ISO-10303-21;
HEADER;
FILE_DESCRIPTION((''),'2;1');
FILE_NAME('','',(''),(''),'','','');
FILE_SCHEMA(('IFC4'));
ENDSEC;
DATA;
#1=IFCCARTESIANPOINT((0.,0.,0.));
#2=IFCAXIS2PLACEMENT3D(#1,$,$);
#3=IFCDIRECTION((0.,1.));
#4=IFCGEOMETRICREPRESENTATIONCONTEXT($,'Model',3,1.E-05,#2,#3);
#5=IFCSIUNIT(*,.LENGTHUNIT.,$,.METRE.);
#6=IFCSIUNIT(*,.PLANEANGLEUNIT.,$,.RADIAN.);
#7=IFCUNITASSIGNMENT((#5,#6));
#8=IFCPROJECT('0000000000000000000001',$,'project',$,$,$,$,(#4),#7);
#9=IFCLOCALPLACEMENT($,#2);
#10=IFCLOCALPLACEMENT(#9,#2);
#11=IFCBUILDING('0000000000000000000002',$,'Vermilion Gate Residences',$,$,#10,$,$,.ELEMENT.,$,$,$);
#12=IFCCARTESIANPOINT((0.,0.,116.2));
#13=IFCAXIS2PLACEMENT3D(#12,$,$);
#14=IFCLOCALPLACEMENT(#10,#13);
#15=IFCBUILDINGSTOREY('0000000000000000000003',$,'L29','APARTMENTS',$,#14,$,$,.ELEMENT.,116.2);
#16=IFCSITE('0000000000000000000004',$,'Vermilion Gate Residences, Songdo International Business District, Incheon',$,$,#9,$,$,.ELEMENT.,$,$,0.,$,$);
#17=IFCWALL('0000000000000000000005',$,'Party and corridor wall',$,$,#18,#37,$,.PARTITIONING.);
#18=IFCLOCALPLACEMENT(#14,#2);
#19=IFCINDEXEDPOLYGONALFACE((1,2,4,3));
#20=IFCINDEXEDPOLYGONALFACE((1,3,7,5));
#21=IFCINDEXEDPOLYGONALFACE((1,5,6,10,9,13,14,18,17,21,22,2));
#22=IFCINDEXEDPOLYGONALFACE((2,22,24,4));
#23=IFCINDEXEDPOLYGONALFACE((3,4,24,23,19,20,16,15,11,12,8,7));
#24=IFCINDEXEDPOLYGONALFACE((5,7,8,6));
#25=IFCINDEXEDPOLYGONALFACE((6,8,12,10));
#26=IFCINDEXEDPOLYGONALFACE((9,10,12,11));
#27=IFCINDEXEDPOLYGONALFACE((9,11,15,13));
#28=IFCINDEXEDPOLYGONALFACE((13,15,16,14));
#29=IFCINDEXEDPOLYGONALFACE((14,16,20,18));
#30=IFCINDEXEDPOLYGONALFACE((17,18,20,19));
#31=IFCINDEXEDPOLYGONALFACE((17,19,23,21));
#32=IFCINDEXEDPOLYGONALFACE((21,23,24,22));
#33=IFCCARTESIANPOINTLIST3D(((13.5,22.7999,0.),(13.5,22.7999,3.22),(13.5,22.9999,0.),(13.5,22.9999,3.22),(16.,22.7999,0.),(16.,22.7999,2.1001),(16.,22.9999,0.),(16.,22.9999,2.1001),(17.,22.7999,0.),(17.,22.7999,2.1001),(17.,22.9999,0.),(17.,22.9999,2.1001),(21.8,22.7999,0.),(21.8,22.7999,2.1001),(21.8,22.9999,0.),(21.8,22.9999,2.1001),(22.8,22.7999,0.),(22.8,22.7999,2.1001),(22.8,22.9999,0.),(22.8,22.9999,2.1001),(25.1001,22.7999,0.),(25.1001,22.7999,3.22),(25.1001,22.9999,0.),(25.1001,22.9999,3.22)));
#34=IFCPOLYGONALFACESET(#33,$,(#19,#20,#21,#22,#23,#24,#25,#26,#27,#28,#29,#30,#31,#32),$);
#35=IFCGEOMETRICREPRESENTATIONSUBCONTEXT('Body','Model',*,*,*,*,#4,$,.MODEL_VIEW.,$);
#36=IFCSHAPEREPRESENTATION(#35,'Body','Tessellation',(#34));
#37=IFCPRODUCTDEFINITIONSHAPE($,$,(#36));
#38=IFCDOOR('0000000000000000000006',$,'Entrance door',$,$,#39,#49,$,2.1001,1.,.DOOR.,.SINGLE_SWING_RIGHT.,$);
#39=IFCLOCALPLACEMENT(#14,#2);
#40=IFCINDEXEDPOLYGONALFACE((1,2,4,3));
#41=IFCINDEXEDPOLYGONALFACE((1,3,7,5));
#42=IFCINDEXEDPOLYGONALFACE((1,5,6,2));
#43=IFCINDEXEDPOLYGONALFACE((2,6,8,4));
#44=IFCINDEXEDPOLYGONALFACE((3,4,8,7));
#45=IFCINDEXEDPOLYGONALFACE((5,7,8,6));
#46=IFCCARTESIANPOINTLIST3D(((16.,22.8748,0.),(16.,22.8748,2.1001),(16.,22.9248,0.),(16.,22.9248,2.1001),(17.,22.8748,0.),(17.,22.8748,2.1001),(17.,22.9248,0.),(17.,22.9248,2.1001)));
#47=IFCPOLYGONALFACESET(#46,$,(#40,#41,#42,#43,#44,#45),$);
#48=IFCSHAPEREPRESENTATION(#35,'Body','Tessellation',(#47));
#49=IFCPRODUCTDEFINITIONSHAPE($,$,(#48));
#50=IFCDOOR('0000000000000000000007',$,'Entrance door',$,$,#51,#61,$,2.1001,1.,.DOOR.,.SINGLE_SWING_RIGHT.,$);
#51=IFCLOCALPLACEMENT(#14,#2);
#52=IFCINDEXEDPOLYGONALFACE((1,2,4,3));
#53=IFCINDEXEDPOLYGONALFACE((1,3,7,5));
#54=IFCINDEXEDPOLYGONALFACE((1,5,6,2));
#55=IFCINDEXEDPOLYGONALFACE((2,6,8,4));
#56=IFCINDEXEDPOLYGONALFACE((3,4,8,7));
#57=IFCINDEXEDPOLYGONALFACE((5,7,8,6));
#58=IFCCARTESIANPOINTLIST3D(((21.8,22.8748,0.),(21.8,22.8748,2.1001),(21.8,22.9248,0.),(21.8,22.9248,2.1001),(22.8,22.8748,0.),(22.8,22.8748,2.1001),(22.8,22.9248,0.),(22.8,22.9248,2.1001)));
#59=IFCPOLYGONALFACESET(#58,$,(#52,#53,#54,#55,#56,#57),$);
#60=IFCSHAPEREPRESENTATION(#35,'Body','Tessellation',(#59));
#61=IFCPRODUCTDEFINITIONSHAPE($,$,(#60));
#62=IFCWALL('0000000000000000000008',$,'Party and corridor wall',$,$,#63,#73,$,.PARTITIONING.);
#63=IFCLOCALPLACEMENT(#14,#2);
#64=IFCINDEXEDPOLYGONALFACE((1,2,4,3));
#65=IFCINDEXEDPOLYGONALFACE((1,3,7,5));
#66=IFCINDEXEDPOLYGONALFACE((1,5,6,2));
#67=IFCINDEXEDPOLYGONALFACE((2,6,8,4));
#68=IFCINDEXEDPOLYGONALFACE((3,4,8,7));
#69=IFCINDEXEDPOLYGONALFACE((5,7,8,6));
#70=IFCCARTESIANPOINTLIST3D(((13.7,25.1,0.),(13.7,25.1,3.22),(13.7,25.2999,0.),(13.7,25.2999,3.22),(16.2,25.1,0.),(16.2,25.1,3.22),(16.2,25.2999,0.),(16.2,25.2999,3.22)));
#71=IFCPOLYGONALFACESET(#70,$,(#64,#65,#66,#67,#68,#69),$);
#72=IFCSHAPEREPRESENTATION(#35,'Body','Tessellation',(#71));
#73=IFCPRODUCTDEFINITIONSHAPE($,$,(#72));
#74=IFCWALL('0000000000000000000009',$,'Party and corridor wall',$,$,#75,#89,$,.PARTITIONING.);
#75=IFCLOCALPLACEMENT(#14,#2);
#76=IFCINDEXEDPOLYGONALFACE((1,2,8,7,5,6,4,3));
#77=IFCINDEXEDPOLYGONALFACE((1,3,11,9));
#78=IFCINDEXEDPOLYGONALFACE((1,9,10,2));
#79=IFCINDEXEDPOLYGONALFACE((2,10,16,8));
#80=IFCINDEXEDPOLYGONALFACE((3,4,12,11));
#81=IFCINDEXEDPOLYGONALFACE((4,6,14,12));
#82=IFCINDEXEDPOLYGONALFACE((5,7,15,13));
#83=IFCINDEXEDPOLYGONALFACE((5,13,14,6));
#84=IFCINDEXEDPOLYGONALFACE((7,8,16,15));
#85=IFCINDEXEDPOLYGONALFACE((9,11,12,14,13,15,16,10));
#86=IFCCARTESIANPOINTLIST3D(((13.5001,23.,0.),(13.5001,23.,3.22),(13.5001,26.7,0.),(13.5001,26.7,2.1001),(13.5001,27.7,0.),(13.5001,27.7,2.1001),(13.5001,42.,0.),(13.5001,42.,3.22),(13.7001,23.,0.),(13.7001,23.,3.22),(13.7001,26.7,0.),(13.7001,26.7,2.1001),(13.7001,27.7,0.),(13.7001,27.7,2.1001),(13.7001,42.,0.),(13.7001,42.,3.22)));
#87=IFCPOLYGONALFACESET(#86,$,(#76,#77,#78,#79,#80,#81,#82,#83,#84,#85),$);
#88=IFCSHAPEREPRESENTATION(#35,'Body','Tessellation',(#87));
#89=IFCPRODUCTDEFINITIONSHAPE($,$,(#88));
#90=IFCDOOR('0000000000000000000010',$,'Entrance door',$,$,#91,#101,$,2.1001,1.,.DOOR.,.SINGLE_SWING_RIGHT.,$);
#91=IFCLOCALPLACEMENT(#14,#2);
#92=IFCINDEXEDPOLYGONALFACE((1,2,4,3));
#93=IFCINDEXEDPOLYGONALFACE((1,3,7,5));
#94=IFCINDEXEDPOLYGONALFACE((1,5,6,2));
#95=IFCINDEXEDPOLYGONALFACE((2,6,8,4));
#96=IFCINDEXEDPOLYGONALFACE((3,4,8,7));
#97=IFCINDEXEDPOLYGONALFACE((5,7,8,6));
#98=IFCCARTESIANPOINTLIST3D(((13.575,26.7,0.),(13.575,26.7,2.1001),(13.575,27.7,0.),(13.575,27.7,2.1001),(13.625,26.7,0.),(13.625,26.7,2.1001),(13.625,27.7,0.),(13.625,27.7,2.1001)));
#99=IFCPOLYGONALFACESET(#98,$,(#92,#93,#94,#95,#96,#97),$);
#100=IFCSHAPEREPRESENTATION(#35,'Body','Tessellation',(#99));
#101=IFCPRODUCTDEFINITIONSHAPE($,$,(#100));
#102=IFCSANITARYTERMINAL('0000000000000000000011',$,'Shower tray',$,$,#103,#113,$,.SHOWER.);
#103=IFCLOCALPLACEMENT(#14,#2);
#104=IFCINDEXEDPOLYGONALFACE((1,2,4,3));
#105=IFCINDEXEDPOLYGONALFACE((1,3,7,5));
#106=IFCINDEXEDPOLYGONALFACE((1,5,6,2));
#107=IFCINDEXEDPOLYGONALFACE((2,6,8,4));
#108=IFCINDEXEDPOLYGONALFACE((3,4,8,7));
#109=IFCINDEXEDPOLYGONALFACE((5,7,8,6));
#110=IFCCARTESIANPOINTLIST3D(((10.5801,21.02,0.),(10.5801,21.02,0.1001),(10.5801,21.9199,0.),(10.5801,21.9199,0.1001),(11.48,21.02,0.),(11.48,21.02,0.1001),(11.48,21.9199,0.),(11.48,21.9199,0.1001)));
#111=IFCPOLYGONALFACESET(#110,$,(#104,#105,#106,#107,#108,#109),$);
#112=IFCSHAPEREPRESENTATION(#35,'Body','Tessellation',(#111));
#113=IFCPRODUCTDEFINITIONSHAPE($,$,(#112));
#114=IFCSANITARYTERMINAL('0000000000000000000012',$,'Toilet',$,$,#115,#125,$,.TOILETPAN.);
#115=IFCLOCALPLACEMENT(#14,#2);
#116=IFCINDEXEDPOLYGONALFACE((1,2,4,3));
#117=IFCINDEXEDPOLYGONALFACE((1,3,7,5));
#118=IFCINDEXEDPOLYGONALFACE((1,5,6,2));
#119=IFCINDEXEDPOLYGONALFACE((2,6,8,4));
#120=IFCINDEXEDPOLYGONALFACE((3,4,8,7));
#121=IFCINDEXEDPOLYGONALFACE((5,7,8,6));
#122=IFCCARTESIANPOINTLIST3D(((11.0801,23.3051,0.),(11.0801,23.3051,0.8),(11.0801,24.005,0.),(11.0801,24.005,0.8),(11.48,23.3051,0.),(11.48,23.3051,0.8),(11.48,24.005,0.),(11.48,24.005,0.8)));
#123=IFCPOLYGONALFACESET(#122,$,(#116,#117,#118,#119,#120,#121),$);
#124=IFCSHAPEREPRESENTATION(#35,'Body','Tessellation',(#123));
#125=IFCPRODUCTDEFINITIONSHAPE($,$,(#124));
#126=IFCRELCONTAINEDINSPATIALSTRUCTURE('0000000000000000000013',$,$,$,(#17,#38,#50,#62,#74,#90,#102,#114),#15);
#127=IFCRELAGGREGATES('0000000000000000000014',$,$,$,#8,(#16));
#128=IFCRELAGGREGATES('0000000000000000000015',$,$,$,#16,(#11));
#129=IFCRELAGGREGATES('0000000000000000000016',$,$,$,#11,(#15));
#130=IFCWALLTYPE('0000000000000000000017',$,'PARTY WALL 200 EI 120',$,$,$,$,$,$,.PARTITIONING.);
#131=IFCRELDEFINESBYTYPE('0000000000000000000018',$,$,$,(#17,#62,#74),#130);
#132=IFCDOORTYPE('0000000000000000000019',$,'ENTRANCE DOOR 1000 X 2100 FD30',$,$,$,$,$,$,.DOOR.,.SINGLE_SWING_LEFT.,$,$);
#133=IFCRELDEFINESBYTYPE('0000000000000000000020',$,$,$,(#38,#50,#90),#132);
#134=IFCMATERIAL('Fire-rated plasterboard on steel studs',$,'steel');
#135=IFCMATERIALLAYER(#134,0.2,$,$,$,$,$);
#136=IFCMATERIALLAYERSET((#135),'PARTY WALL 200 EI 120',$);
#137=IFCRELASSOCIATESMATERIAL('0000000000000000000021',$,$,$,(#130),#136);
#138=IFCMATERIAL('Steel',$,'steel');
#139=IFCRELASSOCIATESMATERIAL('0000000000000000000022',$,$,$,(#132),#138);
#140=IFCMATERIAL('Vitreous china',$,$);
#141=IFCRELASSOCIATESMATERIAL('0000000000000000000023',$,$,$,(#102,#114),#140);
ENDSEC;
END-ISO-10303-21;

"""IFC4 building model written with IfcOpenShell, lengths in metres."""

from ifc_helpers import new_model, si_unit, direction, frame, frame_2d, origin, origin_2d, place, context, subcontext, project, spatial, rectangle, extrude, material, layer, layer_set, type_object, element, fill, save


model = new_model("IFC4")

# Units and contexts
model_context = context("Model", 3, precision=1e-05, world=origin(), true_north=direction((0.0, 1.0)))
body_context = subcontext(model_context, "Body", "Model", "MODEL_VIEW")
ifc_project = project(units=[si_unit("LENGTHUNIT", "METRE"), si_unit("PLANEANGLEUNIT", "RADIAN")], contexts=[model_context])

# Site, building, storey
site_placement = place(None, origin())
site = spatial("IfcSite", under=ifc_project, at=site_placement, Name="Vermilion Gate Residences, Songdo International Business District, Incheon", CompositionType="ELEMENT", RefElevation=0.0)
building_placement = place(site_placement, origin())
building = spatial("IfcBuilding", under=site, at=building_placement, Name="Vermilion Gate Residences", CompositionType="ELEMENT")
storey_placement = place(building_placement, frame((0.0, 0.0, 116.2)))
storey = spatial("IfcBuildingStorey", under=building, at=storey_placement, Name="L29", Description="APARTMENTS", CompositionType="ELEMENT", Elevation=116.2)

# Wall, openings, doors
ifc_material_1 = material(Name="Fire-rated plasterboard on steel studs", Category="steel")
ifc_layer_1 = layer(ifc_material_1, 0.2)
ifc_layer_set_1 = layer_set([ifc_layer_1], Name="PARTY WALL 200 EI 120")
wall_type_1 = type_object("IfcWallType", Name="PARTY WALL 200 EI 120", PredefinedType="PARTITIONING", material=ifc_layer_set_1)
wall_1_placement = place(storey_placement, frame((13.5, 22.8999, 0.0), z_axis=(0.0, 0.0, 1.0), x_axis=(1.0, 0.0, 0.0)))
wall_1 = element("IfcWall", 1, at=wall_1_placement, inside=storey, type_object=wall_type_1, Name="Party and corridor wall", PredefinedType="PARTITIONING", context=body_context, shape_type="SweptSolid", body=[
    extrude(rectangle(XDim=11.6001, YDim=0.2, at=frame_2d((5.8, 0.0))), origin(), (0.0, 0.0, 1.0), 3.22),
])
opening_1_placement = place(wall_1_placement, frame((2.5, 0.0, 0.0)))
opening_1 = element("IfcOpeningElement", 2, at=opening_1_placement, cuts=wall_1, PredefinedType="OPENING", context=body_context, shape_type="SweptSolid", body=[
    extrude(rectangle(XDim=1.0, YDim=2.1001, at=frame_2d((0.5, 1.05))), frame((0.0, 0.1099, 0.0), z_axis=(0.0, -1.0, 0.0), x_axis=(1.0, 0.0, 0.0)), (0.0, 0.0, 1.0), 0.22),
])
opening_2_placement = place(wall_1_placement, frame((8.3, 0.0, 0.0)))
opening_2 = element("IfcOpeningElement", 3, at=opening_2_placement, cuts=wall_1, PredefinedType="OPENING", context=body_context, shape_type="SweptSolid", body=[
    extrude(rectangle(XDim=1.0, YDim=2.1001, at=frame_2d((0.5, 1.05))), frame((0.0, 0.1099, 0.0), z_axis=(0.0, -1.0, 0.0), x_axis=(1.0, 0.0, 0.0)), (0.0, 0.0, 1.0), 0.22),
])
ifc_material_2 = material(Name="Steel", Category="steel")
door_type_1 = type_object("IfcDoorType", Name="ENTRANCE DOOR 1000 X 2100 FD30", OperationType="SINGLE_SWING_LEFT", PredefinedType="DOOR", material=ifc_material_2)
door_1_placement = place(opening_1_placement, origin())
door_1 = element("IfcDoor", 4, at=door_1_placement, inside=storey, type_object=door_type_1, Name="Entrance door", OperationType="SINGLE_SWING_RIGHT", OverallHeight=2.1001, OverallWidth=1.0, PredefinedType="DOOR", context=body_context, shape_type="SweptSolid", body=[
    extrude(rectangle(XDim=1.0, YDim=2.1001, at=frame_2d((0.5, 1.05))), frame((0.0, 0.0249, 0.0), z_axis=(0.0, -1.0, 0.0), x_axis=(1.0, 0.0, 0.0)), (0.0, 0.0, 1.0), 0.05),
])
fill(opening_1, door_1)
door_2_placement = place(opening_2_placement, origin())
door_2 = element("IfcDoor", 5, at=door_2_placement, inside=storey, type_object=door_type_1, Name="Entrance door", OperationType="SINGLE_SWING_RIGHT", OverallHeight=2.1001, OverallWidth=1.0, PredefinedType="DOOR", context=body_context, shape_type="SweptSolid", body=[
    extrude(rectangle(XDim=1.0, YDim=2.1001, at=frame_2d((0.5, 1.05))), frame((0.0, 0.0249, 0.0), z_axis=(0.0, -1.0, 0.0), x_axis=(1.0, 0.0, 0.0)), (0.0, 0.0, 1.0), 0.05),
])
fill(opening_2, door_2)

# Wall
wall_2_placement = place(storey_placement, frame((13.7, 25.2, 0.0), z_axis=(0.0, 0.0, 1.0), x_axis=(1.0, 0.0, 0.0)))
element("IfcWall", 6, at=wall_2_placement, inside=storey, type_object=wall_type_1, Name="Party and corridor wall", PredefinedType="PARTITIONING", context=body_context, shape_type="SweptSolid", body=[
    extrude(rectangle(XDim=2.5, YDim=0.2, at=frame_2d((1.25, 0.0))), origin(), (0.0, 0.0, 1.0), 3.22),
])

# Wall, opening, door
wall_3_placement = place(storey_placement, frame((13.6001, 23.0, 0.0), z_axis=(0.0, 0.0, 1.0), x_axis=(0.0, 1.0, 0.0)))
wall_3 = element("IfcWall", 7, at=wall_3_placement, inside=storey, type_object=wall_type_1, Name="Party and corridor wall", PredefinedType="PARTITIONING", context=body_context, shape_type="SweptSolid", body=[
    extrude(rectangle(XDim=19.0, YDim=0.2, at=frame_2d((9.5, 0.0))), origin(), (0.0, 0.0, 1.0), 3.22),
])
opening_3_placement = place(wall_3_placement, frame((3.7, 0.0, 0.0)))
opening_3 = element("IfcOpeningElement", 8, at=opening_3_placement, cuts=wall_3, PredefinedType="OPENING", context=body_context, shape_type="SweptSolid", body=[
    extrude(rectangle(XDim=1.0, YDim=2.1001, at=frame_2d((0.5, 1.05))), frame((0.0, 0.1099, 0.0), z_axis=(0.0, -1.0, 0.0), x_axis=(1.0, 0.0, 0.0)), (0.0, 0.0, 1.0), 0.22),
])
door_3_placement = place(opening_3_placement, frame((1.0, 0.0, 0.0), z_axis=(0.0, 0.0, 1.0), x_axis=(-1.0, 0.0, 0.0)))
door_3 = element("IfcDoor", 9, at=door_3_placement, inside=storey, type_object=door_type_1, Name="Entrance door", OperationType="SINGLE_SWING_RIGHT", OverallHeight=2.1001, OverallWidth=1.0, PredefinedType="DOOR", context=body_context, shape_type="SweptSolid", body=[
    extrude(rectangle(XDim=1.0, YDim=2.1001, at=frame_2d((0.5, 1.05))), frame((0.0, 0.0249, 0.0), z_axis=(0.0, -1.0, 0.0), x_axis=(1.0, 0.0, 0.0)), (0.0, 0.0, 1.0), 0.05),
])
fill(opening_3, door_3)

# Sanitary terminals
ifc_material_3 = material(Name="Vitreous china")
sanitary_terminal_1_placement = place(storey_placement, frame((11.03, 21.47, 0.0), z_axis=(0.0, 0.0, 1.0), x_axis=(1.0, 0.0, 0.0)))
element("IfcSanitaryTerminal", 10, at=sanitary_terminal_1_placement, inside=storey, material=ifc_material_3, Name="Shower tray", PredefinedType="SHOWER", context=body_context, shape_type="SweptSolid", body=[
    extrude(rectangle(XDim=0.8999, YDim=0.8999, at=origin_2d()), origin(), (0.0, 0.0, 1.0), 0.1001),
])
sanitary_terminal_2_placement = place(storey_placement, frame((11.28, 23.655, 0.0), z_axis=(0.0, 0.0, 1.0), x_axis=(1.0, 0.0, 0.0)))
element("IfcSanitaryTerminal", 11, at=sanitary_terminal_2_placement, inside=storey, material=ifc_material_3, Name="Toilet", PredefinedType="TOILETPAN", context=body_context, shape_type="SweptSolid", body=[
    extrude(rectangle(XDim=0.3999, YDim=0.7, at=origin_2d()), origin(), (0.0, 0.0, 1.0), 0.8),
])

save(model, "model.ifc")
